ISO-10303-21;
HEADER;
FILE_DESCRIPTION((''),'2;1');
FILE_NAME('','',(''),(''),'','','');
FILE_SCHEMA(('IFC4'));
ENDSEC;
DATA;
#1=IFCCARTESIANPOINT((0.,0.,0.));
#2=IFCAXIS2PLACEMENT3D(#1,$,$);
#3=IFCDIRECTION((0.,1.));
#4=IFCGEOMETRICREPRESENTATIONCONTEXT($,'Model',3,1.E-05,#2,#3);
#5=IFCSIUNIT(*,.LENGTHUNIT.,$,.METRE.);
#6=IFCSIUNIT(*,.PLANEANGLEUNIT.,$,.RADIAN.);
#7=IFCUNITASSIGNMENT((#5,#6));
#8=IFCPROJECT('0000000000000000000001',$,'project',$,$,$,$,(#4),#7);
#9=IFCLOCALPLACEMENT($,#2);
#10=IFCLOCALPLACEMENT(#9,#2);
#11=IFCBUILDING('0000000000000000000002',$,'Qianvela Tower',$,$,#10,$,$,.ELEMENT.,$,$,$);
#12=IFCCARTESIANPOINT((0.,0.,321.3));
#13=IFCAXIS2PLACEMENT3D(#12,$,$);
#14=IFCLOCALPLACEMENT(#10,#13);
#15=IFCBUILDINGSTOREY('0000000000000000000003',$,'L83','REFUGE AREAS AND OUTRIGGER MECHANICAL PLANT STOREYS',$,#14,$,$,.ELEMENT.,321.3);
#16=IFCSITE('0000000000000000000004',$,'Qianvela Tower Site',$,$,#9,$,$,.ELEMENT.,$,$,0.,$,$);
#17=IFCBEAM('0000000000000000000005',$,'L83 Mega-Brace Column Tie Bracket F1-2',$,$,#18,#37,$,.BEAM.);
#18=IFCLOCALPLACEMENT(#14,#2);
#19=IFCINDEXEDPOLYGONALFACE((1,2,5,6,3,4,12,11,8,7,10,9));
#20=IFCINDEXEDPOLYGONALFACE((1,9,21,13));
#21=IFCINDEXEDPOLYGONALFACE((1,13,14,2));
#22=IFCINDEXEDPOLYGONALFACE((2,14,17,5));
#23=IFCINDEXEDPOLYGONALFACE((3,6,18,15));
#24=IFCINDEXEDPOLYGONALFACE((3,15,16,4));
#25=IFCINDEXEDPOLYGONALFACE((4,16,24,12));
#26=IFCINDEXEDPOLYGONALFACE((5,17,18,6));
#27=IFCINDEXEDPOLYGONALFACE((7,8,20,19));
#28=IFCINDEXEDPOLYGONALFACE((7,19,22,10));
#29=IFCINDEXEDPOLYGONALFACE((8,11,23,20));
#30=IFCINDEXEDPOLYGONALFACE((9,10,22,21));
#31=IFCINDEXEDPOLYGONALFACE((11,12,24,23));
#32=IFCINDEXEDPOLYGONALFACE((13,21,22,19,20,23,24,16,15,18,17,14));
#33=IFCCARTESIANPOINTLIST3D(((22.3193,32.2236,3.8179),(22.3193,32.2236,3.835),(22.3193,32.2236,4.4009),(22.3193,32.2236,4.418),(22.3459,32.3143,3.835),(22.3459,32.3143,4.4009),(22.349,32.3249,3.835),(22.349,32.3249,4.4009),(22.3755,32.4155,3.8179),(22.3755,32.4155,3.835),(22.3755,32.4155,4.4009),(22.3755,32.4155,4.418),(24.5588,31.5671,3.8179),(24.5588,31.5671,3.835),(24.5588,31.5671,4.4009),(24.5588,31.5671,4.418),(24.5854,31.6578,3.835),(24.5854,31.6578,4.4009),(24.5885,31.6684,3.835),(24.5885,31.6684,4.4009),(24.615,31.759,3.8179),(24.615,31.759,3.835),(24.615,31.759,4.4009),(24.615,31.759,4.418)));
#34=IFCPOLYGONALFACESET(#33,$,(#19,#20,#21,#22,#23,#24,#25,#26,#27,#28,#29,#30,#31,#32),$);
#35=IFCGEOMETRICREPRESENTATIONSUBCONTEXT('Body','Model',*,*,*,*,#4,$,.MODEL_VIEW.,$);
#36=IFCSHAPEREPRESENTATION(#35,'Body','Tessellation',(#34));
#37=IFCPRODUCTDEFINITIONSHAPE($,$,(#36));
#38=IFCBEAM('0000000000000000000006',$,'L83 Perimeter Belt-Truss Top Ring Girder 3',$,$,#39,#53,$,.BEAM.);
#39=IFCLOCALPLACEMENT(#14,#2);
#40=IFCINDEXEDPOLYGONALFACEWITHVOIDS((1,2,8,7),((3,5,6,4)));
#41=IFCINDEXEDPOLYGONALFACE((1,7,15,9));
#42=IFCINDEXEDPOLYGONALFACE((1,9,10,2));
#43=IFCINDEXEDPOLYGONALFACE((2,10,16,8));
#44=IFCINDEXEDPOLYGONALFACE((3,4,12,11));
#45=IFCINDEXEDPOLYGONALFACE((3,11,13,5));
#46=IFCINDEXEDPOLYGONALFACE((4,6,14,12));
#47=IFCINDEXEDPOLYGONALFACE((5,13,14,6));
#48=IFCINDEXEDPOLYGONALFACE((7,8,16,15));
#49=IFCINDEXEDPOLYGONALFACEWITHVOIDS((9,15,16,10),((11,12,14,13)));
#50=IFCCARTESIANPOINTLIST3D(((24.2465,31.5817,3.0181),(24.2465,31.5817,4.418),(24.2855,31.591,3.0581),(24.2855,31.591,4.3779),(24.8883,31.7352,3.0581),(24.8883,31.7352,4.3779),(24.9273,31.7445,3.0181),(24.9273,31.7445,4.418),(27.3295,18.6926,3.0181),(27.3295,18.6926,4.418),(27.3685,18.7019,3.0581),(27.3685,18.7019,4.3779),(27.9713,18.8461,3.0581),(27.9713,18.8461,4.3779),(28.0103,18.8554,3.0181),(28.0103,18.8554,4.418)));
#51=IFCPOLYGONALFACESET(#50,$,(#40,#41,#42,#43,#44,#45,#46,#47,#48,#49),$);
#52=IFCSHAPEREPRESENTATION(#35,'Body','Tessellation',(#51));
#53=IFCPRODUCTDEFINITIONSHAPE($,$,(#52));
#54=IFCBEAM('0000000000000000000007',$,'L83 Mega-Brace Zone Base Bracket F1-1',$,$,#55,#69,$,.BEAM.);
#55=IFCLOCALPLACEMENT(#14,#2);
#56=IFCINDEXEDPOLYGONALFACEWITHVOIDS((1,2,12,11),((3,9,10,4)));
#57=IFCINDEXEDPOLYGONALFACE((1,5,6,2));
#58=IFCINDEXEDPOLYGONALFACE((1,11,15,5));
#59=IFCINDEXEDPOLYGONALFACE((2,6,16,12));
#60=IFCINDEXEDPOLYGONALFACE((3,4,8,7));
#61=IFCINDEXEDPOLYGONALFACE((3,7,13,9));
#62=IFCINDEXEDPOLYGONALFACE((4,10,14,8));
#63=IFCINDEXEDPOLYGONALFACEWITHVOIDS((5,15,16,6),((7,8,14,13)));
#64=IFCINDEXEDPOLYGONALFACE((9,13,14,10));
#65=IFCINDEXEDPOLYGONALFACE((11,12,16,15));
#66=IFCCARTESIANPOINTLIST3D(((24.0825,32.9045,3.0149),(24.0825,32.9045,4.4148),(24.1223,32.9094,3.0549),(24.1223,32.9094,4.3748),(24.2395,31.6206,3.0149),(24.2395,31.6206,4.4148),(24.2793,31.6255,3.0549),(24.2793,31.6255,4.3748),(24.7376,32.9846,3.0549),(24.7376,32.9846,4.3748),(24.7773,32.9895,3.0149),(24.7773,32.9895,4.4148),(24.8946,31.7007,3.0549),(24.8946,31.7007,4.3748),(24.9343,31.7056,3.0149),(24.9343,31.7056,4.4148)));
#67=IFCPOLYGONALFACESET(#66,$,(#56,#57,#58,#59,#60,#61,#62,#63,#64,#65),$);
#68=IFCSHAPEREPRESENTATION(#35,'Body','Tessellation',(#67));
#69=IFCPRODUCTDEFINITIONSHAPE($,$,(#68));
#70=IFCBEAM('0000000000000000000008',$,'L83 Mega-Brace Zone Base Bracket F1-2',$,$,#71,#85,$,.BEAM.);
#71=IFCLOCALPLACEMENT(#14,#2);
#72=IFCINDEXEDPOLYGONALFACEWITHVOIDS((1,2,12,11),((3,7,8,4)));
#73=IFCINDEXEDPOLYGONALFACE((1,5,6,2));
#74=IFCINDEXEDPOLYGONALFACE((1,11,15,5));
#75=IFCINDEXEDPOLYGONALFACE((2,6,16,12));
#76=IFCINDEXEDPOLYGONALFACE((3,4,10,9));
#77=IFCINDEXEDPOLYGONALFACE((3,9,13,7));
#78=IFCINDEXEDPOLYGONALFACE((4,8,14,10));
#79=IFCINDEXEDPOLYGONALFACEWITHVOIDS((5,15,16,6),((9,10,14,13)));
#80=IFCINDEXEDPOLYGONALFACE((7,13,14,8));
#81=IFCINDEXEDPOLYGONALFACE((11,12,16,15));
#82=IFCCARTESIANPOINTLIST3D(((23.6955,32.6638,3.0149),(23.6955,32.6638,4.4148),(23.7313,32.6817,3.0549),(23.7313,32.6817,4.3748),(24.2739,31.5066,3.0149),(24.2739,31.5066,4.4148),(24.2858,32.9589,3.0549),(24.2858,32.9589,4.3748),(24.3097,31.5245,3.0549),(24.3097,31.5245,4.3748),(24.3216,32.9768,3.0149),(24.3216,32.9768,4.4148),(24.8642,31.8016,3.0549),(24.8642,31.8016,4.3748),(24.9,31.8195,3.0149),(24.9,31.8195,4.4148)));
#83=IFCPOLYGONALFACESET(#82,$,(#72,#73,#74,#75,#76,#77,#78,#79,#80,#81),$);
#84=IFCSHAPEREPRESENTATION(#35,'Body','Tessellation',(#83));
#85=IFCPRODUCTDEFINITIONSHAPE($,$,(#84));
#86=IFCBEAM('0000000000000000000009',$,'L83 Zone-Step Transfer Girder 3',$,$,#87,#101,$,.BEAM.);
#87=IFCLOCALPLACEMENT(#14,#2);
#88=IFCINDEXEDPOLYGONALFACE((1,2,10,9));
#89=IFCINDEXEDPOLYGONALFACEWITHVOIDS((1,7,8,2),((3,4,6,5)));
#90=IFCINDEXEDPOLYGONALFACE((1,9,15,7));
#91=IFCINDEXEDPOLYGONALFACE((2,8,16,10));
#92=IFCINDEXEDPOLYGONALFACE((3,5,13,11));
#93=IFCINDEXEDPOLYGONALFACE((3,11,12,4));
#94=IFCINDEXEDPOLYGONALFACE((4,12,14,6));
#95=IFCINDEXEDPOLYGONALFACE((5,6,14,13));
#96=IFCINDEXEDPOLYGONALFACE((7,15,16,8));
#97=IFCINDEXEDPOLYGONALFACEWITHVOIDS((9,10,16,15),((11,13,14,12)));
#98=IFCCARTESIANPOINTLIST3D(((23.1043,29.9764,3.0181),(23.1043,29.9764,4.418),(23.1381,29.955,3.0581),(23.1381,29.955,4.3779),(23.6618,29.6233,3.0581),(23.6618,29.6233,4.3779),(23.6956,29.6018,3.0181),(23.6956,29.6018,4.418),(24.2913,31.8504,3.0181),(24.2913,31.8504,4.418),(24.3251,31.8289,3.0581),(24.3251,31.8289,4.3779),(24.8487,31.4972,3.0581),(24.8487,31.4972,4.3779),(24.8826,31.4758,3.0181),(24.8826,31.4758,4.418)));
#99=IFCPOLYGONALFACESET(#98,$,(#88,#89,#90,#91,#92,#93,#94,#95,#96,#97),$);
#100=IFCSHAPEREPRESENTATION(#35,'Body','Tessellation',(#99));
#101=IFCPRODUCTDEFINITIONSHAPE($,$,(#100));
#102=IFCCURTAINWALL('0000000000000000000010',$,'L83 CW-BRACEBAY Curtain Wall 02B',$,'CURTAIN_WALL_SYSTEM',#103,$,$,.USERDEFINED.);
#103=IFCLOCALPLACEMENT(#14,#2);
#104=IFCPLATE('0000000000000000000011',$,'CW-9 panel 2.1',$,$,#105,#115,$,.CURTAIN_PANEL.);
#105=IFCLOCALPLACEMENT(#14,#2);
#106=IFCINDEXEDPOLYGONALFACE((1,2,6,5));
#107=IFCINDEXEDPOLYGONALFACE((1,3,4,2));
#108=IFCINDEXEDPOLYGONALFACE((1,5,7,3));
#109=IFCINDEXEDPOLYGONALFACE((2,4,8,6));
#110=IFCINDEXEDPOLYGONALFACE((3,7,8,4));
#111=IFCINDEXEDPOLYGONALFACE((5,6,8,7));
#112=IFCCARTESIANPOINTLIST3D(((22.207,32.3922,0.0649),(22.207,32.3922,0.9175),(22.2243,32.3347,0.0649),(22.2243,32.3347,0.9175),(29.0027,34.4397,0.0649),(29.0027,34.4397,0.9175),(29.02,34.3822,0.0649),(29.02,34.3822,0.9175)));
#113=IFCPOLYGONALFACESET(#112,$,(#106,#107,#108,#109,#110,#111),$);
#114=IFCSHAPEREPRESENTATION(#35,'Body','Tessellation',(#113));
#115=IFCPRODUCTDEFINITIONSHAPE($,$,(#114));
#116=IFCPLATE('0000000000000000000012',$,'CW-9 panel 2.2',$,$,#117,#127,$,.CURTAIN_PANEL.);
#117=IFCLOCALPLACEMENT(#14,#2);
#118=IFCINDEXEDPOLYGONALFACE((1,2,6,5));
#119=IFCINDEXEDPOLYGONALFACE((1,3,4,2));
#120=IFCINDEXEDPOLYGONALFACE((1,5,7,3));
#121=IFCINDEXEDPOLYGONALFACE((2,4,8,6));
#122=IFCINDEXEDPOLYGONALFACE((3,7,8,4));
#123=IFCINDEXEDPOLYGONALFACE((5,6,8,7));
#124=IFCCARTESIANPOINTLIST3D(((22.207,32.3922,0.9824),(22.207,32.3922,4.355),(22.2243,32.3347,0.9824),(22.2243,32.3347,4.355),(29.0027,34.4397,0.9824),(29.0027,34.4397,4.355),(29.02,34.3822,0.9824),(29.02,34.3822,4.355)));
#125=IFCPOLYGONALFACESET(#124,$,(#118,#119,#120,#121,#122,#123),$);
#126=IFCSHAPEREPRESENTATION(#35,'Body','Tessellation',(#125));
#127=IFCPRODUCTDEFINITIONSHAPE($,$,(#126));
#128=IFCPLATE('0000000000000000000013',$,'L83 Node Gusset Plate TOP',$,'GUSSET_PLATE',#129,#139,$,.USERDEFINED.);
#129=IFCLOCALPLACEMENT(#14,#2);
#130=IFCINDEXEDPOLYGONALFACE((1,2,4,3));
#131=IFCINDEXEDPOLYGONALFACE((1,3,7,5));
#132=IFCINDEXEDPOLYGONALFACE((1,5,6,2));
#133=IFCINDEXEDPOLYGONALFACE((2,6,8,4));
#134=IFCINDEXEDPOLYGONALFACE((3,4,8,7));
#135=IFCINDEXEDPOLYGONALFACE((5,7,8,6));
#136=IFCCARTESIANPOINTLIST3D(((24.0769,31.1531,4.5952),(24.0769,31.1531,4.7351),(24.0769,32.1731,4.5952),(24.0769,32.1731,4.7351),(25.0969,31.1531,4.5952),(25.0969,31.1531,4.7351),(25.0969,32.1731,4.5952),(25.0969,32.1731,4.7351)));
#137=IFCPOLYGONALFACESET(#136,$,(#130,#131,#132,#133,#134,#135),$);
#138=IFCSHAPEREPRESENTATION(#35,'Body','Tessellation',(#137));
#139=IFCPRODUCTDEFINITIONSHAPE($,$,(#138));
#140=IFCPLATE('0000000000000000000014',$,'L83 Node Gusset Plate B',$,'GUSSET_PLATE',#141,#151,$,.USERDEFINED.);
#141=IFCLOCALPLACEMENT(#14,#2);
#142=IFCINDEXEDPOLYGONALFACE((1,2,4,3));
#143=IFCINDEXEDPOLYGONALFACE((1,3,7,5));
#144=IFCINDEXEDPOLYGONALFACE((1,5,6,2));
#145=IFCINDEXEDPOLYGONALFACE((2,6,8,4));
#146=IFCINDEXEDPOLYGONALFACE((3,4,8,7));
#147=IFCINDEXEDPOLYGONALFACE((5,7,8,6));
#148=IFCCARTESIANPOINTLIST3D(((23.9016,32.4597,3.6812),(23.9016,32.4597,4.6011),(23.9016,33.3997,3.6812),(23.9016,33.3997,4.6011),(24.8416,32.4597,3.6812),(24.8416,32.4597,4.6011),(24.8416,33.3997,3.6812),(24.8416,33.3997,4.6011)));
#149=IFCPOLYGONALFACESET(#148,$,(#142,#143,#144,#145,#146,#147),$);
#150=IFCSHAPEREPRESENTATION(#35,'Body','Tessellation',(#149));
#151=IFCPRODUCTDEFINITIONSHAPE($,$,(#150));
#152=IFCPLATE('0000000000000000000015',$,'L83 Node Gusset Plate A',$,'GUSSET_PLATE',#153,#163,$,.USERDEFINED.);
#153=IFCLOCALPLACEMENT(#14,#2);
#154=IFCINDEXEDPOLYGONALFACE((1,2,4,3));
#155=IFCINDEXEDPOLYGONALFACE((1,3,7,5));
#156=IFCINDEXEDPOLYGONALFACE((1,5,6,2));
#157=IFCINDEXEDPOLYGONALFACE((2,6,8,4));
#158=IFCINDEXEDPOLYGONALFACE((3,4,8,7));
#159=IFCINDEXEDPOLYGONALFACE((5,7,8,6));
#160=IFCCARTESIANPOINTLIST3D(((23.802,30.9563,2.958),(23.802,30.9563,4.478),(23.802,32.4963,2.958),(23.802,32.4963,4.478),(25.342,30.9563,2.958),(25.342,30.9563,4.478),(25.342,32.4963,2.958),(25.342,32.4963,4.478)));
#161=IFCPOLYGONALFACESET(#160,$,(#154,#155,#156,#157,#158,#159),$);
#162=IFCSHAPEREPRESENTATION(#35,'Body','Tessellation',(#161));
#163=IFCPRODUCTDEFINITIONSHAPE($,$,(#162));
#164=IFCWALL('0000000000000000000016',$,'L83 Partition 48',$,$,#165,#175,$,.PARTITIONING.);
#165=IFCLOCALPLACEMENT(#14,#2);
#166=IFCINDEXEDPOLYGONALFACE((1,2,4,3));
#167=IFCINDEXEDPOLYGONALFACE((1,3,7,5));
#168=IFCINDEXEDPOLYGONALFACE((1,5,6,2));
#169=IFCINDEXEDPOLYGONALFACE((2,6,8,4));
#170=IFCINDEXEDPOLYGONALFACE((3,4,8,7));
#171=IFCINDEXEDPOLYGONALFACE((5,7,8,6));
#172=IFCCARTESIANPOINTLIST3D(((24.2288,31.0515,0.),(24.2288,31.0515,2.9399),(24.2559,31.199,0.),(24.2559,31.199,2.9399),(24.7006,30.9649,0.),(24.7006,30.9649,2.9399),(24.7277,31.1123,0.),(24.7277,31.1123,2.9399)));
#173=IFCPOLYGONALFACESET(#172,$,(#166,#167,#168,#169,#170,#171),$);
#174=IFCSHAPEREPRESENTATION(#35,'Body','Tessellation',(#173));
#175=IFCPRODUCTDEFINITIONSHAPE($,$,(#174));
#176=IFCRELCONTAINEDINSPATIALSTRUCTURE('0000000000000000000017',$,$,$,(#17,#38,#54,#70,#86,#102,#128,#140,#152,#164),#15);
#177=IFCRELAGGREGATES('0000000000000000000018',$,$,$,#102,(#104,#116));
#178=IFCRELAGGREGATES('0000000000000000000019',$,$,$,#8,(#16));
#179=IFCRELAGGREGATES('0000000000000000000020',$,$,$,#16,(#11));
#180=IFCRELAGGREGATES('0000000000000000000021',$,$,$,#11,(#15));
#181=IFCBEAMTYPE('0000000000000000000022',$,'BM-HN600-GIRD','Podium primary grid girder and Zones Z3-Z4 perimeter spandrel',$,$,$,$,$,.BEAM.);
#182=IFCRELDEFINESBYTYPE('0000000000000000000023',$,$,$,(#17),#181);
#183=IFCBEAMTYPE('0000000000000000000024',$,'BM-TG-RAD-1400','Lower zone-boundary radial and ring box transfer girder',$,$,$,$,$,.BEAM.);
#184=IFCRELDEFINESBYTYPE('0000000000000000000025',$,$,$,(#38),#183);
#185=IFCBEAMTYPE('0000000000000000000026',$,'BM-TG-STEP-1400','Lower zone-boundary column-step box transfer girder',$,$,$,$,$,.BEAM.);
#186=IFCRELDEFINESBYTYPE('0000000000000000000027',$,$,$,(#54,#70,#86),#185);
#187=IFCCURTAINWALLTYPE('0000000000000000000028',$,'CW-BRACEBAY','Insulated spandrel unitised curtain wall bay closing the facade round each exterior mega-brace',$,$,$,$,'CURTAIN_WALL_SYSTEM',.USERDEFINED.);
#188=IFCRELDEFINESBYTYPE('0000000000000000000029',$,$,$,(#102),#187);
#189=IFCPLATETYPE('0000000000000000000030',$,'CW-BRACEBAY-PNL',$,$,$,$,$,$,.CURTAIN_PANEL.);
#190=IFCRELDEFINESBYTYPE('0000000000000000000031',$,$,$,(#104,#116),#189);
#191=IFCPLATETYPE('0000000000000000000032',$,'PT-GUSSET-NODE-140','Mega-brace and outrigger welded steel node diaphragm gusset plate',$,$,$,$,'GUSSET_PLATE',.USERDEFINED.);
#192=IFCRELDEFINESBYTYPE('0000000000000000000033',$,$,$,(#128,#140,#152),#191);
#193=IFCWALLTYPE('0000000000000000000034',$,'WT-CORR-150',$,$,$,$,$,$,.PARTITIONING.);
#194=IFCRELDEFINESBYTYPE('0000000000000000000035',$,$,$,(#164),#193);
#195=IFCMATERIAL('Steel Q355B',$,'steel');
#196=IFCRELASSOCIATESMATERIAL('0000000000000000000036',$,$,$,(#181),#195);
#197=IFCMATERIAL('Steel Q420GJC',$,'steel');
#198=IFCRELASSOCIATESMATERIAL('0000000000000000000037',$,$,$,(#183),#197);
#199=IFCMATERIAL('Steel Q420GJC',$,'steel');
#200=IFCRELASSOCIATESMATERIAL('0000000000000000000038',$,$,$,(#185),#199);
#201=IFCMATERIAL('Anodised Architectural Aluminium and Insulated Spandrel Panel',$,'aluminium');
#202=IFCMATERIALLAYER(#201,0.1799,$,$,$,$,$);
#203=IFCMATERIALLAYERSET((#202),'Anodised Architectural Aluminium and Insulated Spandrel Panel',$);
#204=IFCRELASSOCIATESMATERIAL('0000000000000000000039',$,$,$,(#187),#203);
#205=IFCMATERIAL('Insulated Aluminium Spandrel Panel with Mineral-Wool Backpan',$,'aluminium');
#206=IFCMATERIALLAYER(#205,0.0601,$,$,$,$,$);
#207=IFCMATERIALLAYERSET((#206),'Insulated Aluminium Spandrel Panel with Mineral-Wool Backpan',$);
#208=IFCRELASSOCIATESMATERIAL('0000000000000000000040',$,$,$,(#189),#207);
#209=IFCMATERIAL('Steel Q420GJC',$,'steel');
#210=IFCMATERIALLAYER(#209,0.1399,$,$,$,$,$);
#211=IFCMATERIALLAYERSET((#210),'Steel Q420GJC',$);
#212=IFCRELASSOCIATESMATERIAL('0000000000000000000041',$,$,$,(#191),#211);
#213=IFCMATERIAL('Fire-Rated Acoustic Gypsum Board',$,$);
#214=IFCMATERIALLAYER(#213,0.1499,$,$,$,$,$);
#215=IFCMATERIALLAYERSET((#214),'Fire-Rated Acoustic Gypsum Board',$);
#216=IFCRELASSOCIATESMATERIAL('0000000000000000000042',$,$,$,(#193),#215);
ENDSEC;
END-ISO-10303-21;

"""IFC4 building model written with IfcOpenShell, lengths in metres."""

from ifc_helpers import new_model, si_unit, direction, frame, frame_2d, origin, origin_2d, place, context, subcontext, project, spatial, rectangle, hollow_rectangle, i_section, extrude, material, layer, layer_set, material_profile, profile_set, type_object, element, aggregate, save


model = new_model("IFC4")

# Units and contexts
model_context = context("Model", 3, precision=1e-05, world=origin(), true_north=direction((0.0, 1.0)))
body_context = subcontext(model_context, "Body", "Model", "MODEL_VIEW")
ifc_project = project(units=[si_unit("LENGTHUNIT", "METRE"), si_unit("PLANEANGLEUNIT", "RADIAN")], contexts=[model_context])

# Site, building, storey
site_placement = place(None, origin())
site = spatial("IfcSite", under=ifc_project, at=site_placement, Name="Qianvela Tower Site", CompositionType="ELEMENT", RefElevation=0.0)
building_placement = place(site_placement, origin())
building = spatial("IfcBuilding", under=site, at=building_placement, Name="Qianvela Tower", CompositionType="ELEMENT")
storey_placement = place(building_placement, frame((0.0, 0.0, 321.3)))
storey = spatial("IfcBuildingStorey", under=building, at=storey_placement, Name="L83", Description="REFUGE AREAS AND OUTRIGGER MECHANICAL PLANT STOREYS", CompositionType="ELEMENT", Elevation=321.3)

# Beams
ifc_material_1 = material(Name="Steel Q355B", Category="steel")
ifc_material_profile_1 = material_profile(ifc_material_1, i_section(OverallWidth=0.2, OverallDepth=0.6001, WebThickness=0.011, FlangeThickness=0.0171, at=origin_2d()), Name="HN600x200x11x17")
ifc_profile_set_1 = profile_set([ifc_material_profile_1], Name="Steel Q355B")
beam_type_1 = type_object("IfcBeamType", Name="BM-HN600-GIRD", Description="Podium primary grid girder and Zones Z3-Z4 perimeter spandrel", PredefinedType="BEAM", material=ifc_profile_set_1)
beam_1_placement = place(storey_placement, frame((24.5869, 31.6631, 4.1179), z_axis=(-0.959618, 0.281305, 0.0), x_axis=(-0.281305, -0.959618, 0.0)))
element("IfcBeam", 1, at=beam_1_placement, inside=storey, type_object=beam_type_1, Name="L83 Mega-Brace Column Tie Bracket F1-2", PredefinedType="BEAM", context=body_context, shape_type="SweptSolid", body=[
    extrude(i_section(OverallWidth=0.2, OverallDepth=0.6001, WebThickness=0.011, FlangeThickness=0.0171, at=origin_2d()), origin(), (0.0, 0.0, 1.0), 2.3337),
])
ifc_material_2 = material(Name="Steel Q420GJC", Category="steel")
ifc_material_profile_2 = material_profile(ifc_material_2, hollow_rectangle(XDim=0.7, YDim=1.3999, WallThickness=0.04, at=origin_2d()), Name="TG-BOX-1400x700x40")
ifc_profile_set_2 = profile_set([ifc_material_profile_2], Name="Steel Q420GJC")
beam_type_2 = type_object("IfcBeamType", Name="BM-TG-RAD-1400", Description="Lower zone-boundary radial and ring box transfer girder", PredefinedType="BEAM", material=ifc_profile_set_2)
beam_2_placement = place(storey_placement, frame((24.5869, 31.6631, 3.718), z_axis=(0.232632, -0.972565, 0.0), x_axis=(0.972565, 0.232632, 0.0)))
element("IfcBeam", 2, at=beam_2_placement, inside=storey, type_object=beam_type_2, Name="L83 Perimeter Belt-Truss Top Ring Girder 3", PredefinedType="BEAM", context=body_context, shape_type="SweptSolid", body=[
    extrude(hollow_rectangle(XDim=0.7, YDim=1.3999, WallThickness=0.04, at=origin_2d()), origin(), (0.0, 0.0, 1.0), 13.2527),
])
ifc_material_3 = material(Name="Steel Q420GJC", Category="steel")
ifc_material_profile_3 = material_profile(ifc_material_3, hollow_rectangle(XDim=0.7, YDim=1.3999, WallThickness=0.04, at=origin_2d()), Name="TG-BOX-1400x700x40")
ifc_profile_set_3 = profile_set([ifc_material_profile_3], Name="Steel Q420GJC")
beam_type_3 = type_object("IfcBeamType", Name="BM-TG-STEP-1400", Description="Lower zone-boundary column-step box transfer girder", PredefinedType="BEAM", material=ifc_profile_set_3)
beam_3_placement = place(storey_placement, frame((24.5869, 31.6631, 3.7148), z_axis=(-0.121363, 0.992608, 0.0), x_axis=(-0.992608, -0.121363, 0.0)))
element("IfcBeam", 3, at=beam_3_placement, inside=storey, type_object=beam_type_3, Name="L83 Mega-Brace Zone Base Bracket F1-1", PredefinedType="BEAM", context=body_context, shape_type="SweptSolid", body=[
    extrude(hollow_rectangle(XDim=0.7, YDim=1.3999, WallThickness=0.04, at=origin_2d()), origin(), (0.0, 0.0, 1.0), 1.2935),
])
beam_4_placement = place(storey_placement, frame((24.5869, 31.6631, 3.7148), z_axis=(-0.447063, 0.894503, 0.0), x_axis=(-0.894503, -0.447063, 0.0)))
element("IfcBeam", 4, at=beam_4_placement, inside=storey, type_object=beam_type_3, Name="L83 Mega-Brace Zone Base Bracket F1-2", PredefinedType="BEAM", context=body_context, shape_type="SweptSolid", body=[
    extrude(hollow_rectangle(XDim=0.7, YDim=1.3999, WallThickness=0.04, at=origin_2d()), origin(), (0.0, 0.0, 1.0), 1.2937),
])
beam_5_placement = place(storey_placement, frame((24.5869, 31.6631, 3.718), z_axis=(-0.535094, -0.844793, 0.0), x_axis=(0.844793, -0.535094, 0.0)))
element("IfcBeam", 5, at=beam_5_placement, inside=storey, type_object=beam_type_3, Name="L83 Zone-Step Transfer Girder 3", PredefinedType="BEAM", context=body_context, shape_type="SweptSolid", body=[
    extrude(hollow_rectangle(XDim=0.7, YDim=1.3999, WallThickness=0.04, at=origin_2d()), origin(), (0.0, 0.0, 1.0), 2.2183),
])

# Curtain wall, plates
ifc_material_4 = material(Name="Anodised Architectural Aluminium and Insulated Spandrel Panel", Category="aluminium")
ifc_layer_1 = layer(ifc_material_4, 0.1799)
ifc_layer_set_1 = layer_set([ifc_layer_1], Name="Anodised Architectural Aluminium and Insulated Spandrel Panel")
curtain_wall_type = type_object("IfcCurtainWallType", Name="CW-BRACEBAY", Description="Insulated spandrel unitised curtain wall bay closing the facade round each exterior mega-brace", ElementType="CURTAIN_WALL_SYSTEM", PredefinedType="USERDEFINED", material=ifc_layer_set_1)
curtain_wall_placement = place(storey_placement, origin())
curtain_wall = element("IfcCurtainWall", 6, at=curtain_wall_placement, inside=storey, type_object=curtain_wall_type, Name="L83 CW-BRACEBAY Curtain Wall 02B", ObjectType="CURTAIN_WALL_SYSTEM", PredefinedType="USERDEFINED")
ifc_material_5 = material(Name="Insulated Aluminium Spandrel Panel with Mineral-Wool Backpan", Category="aluminium")
ifc_layer_2 = layer(ifc_material_5, 0.0601)
ifc_layer_set_2 = layer_set([ifc_layer_2], Name="Insulated Aluminium Spandrel Panel with Mineral-Wool Backpan")
plate_type_1 = type_object("IfcPlateType", Name="CW-BRACEBAY-PNL", PredefinedType="CURTAIN_PANEL", material=ifc_layer_set_2)
plate_1_placement = place(storey_placement, frame((25.6135, 33.3872, 0.0649), z_axis=(0.0, 0.0, 1.0), x_axis=(-0.957487, -0.288477, 0.0)))
plate_1 = element("IfcPlate", 7, at=plate_1_placement, type_object=plate_type_1, Name="CW-9 panel 2.1", PredefinedType="CURTAIN_PANEL", context=body_context, shape_type="SweptSolid", body=[
    extrude(rectangle(XDim=7.0974, YDim=0.0601, at=origin_2d()), origin(), (0.0, 0.0, 1.0), 0.8525),
])
plate_2_placement = place(storey_placement, frame((25.6135, 33.3872, 0.9824), z_axis=(0.0, 0.0, 1.0), x_axis=(-0.957487, -0.288477, 0.0)))
plate_2 = element("IfcPlate", 8, at=plate_2_placement, type_object=plate_type_1, Name="CW-9 panel 2.2", PredefinedType="CURTAIN_PANEL", context=body_context, shape_type="SweptSolid", body=[
    extrude(rectangle(XDim=7.0974, YDim=0.0601, at=origin_2d()), origin(), (0.0, 0.0, 1.0), 3.3726),
])
aggregate(curtain_wall, [plate_1, plate_2])

# Plates
ifc_material_6 = material(Name="Steel Q420GJC", Category="steel")
ifc_layer_3 = layer(ifc_material_6, 0.1399)
ifc_layer_set_3 = layer_set([ifc_layer_3], Name="Steel Q420GJC")
plate_type_2 = type_object("IfcPlateType", Name="PT-GUSSET-NODE-140", Description="Mega-brace and outrigger welded steel node diaphragm gusset plate", ElementType="GUSSET_PLATE", PredefinedType="USERDEFINED", material=ifc_layer_set_3)
plate_3_placement = place(storey_placement, frame((24.5869, 31.6631, 4.5952), z_axis=(0.0, 0.0, 1.0), x_axis=(1.0, 0.0, 0.0)))
element("IfcPlate", 9, at=plate_3_placement, inside=storey, type_object=plate_type_2, Name="L83 Node Gusset Plate TOP", ObjectType="GUSSET_PLATE", PredefinedType="USERDEFINED", context=body_context, shape_type="SweptSolid", body=[
    extrude(rectangle(XDim=1.02, YDim=1.02, at=origin_2d()), origin(), (0.0, 0.0, 1.0), 0.1399),
])
plate_4_placement = place(storey_placement, frame((24.3716, 32.9297, 3.6812), z_axis=(0.0, 0.0, 1.0), x_axis=(1.0, 0.0, 0.0)))
element("IfcPlate", 10, at=plate_4_placement, inside=storey, type_object=plate_type_2, Name="L83 Node Gusset Plate B", ObjectType="GUSSET_PLATE", PredefinedType="USERDEFINED", context=body_context, shape_type="SweptSolid", body=[
    extrude(rectangle(XDim=0.9399, YDim=0.9399, at=origin_2d()), origin(), (0.0, 0.0, 1.0), 0.9199),
])
plate_5_placement = place(storey_placement, frame((24.572, 31.7263, 2.958), z_axis=(0.0, 0.0, 1.0), x_axis=(1.0, 0.0, 0.0)))
element("IfcPlate", 11, at=plate_5_placement, inside=storey, type_object=plate_type_2, Name="L83 Node Gusset Plate A", ObjectType="GUSSET_PLATE", PredefinedType="USERDEFINED", context=body_context, shape_type="SweptSolid", body=[
    extrude(rectangle(XDim=1.54, YDim=1.54, at=origin_2d()), origin(), (0.0, 0.0, 1.0), 1.52),
])

# Wall
ifc_material_7 = material(Name="Fire-Rated Acoustic Gypsum Board")
ifc_layer_4 = layer(ifc_material_7, 0.1499)
ifc_layer_set_4 = layer_set([ifc_layer_4], Name="Fire-Rated Acoustic Gypsum Board")
wall_type = type_object("IfcWallType", Name="WT-CORR-150", PredefinedType="PARTITIONING", material=ifc_layer_set_4)
wall_1_placement = place(storey_placement, frame((24.2424, 31.1252, 0.0), z_axis=(0.0, 0.0, 1.0), x_axis=(0.983551, -0.180631, 0.0)))
element("IfcWall", 12, at=wall_1_placement, inside=storey, type_object=wall_type, Name="L83 Partition 48", PredefinedType="PARTITIONING", context=body_context, shape_type="SweptSolid", body=[
    extrude(rectangle(XDim=0.4797, YDim=0.1499, at=frame_2d((0.2397, 0.0))), origin(), (0.0, 0.0, 1.0), 2.9399),
])

save(model, "model.ifc")
